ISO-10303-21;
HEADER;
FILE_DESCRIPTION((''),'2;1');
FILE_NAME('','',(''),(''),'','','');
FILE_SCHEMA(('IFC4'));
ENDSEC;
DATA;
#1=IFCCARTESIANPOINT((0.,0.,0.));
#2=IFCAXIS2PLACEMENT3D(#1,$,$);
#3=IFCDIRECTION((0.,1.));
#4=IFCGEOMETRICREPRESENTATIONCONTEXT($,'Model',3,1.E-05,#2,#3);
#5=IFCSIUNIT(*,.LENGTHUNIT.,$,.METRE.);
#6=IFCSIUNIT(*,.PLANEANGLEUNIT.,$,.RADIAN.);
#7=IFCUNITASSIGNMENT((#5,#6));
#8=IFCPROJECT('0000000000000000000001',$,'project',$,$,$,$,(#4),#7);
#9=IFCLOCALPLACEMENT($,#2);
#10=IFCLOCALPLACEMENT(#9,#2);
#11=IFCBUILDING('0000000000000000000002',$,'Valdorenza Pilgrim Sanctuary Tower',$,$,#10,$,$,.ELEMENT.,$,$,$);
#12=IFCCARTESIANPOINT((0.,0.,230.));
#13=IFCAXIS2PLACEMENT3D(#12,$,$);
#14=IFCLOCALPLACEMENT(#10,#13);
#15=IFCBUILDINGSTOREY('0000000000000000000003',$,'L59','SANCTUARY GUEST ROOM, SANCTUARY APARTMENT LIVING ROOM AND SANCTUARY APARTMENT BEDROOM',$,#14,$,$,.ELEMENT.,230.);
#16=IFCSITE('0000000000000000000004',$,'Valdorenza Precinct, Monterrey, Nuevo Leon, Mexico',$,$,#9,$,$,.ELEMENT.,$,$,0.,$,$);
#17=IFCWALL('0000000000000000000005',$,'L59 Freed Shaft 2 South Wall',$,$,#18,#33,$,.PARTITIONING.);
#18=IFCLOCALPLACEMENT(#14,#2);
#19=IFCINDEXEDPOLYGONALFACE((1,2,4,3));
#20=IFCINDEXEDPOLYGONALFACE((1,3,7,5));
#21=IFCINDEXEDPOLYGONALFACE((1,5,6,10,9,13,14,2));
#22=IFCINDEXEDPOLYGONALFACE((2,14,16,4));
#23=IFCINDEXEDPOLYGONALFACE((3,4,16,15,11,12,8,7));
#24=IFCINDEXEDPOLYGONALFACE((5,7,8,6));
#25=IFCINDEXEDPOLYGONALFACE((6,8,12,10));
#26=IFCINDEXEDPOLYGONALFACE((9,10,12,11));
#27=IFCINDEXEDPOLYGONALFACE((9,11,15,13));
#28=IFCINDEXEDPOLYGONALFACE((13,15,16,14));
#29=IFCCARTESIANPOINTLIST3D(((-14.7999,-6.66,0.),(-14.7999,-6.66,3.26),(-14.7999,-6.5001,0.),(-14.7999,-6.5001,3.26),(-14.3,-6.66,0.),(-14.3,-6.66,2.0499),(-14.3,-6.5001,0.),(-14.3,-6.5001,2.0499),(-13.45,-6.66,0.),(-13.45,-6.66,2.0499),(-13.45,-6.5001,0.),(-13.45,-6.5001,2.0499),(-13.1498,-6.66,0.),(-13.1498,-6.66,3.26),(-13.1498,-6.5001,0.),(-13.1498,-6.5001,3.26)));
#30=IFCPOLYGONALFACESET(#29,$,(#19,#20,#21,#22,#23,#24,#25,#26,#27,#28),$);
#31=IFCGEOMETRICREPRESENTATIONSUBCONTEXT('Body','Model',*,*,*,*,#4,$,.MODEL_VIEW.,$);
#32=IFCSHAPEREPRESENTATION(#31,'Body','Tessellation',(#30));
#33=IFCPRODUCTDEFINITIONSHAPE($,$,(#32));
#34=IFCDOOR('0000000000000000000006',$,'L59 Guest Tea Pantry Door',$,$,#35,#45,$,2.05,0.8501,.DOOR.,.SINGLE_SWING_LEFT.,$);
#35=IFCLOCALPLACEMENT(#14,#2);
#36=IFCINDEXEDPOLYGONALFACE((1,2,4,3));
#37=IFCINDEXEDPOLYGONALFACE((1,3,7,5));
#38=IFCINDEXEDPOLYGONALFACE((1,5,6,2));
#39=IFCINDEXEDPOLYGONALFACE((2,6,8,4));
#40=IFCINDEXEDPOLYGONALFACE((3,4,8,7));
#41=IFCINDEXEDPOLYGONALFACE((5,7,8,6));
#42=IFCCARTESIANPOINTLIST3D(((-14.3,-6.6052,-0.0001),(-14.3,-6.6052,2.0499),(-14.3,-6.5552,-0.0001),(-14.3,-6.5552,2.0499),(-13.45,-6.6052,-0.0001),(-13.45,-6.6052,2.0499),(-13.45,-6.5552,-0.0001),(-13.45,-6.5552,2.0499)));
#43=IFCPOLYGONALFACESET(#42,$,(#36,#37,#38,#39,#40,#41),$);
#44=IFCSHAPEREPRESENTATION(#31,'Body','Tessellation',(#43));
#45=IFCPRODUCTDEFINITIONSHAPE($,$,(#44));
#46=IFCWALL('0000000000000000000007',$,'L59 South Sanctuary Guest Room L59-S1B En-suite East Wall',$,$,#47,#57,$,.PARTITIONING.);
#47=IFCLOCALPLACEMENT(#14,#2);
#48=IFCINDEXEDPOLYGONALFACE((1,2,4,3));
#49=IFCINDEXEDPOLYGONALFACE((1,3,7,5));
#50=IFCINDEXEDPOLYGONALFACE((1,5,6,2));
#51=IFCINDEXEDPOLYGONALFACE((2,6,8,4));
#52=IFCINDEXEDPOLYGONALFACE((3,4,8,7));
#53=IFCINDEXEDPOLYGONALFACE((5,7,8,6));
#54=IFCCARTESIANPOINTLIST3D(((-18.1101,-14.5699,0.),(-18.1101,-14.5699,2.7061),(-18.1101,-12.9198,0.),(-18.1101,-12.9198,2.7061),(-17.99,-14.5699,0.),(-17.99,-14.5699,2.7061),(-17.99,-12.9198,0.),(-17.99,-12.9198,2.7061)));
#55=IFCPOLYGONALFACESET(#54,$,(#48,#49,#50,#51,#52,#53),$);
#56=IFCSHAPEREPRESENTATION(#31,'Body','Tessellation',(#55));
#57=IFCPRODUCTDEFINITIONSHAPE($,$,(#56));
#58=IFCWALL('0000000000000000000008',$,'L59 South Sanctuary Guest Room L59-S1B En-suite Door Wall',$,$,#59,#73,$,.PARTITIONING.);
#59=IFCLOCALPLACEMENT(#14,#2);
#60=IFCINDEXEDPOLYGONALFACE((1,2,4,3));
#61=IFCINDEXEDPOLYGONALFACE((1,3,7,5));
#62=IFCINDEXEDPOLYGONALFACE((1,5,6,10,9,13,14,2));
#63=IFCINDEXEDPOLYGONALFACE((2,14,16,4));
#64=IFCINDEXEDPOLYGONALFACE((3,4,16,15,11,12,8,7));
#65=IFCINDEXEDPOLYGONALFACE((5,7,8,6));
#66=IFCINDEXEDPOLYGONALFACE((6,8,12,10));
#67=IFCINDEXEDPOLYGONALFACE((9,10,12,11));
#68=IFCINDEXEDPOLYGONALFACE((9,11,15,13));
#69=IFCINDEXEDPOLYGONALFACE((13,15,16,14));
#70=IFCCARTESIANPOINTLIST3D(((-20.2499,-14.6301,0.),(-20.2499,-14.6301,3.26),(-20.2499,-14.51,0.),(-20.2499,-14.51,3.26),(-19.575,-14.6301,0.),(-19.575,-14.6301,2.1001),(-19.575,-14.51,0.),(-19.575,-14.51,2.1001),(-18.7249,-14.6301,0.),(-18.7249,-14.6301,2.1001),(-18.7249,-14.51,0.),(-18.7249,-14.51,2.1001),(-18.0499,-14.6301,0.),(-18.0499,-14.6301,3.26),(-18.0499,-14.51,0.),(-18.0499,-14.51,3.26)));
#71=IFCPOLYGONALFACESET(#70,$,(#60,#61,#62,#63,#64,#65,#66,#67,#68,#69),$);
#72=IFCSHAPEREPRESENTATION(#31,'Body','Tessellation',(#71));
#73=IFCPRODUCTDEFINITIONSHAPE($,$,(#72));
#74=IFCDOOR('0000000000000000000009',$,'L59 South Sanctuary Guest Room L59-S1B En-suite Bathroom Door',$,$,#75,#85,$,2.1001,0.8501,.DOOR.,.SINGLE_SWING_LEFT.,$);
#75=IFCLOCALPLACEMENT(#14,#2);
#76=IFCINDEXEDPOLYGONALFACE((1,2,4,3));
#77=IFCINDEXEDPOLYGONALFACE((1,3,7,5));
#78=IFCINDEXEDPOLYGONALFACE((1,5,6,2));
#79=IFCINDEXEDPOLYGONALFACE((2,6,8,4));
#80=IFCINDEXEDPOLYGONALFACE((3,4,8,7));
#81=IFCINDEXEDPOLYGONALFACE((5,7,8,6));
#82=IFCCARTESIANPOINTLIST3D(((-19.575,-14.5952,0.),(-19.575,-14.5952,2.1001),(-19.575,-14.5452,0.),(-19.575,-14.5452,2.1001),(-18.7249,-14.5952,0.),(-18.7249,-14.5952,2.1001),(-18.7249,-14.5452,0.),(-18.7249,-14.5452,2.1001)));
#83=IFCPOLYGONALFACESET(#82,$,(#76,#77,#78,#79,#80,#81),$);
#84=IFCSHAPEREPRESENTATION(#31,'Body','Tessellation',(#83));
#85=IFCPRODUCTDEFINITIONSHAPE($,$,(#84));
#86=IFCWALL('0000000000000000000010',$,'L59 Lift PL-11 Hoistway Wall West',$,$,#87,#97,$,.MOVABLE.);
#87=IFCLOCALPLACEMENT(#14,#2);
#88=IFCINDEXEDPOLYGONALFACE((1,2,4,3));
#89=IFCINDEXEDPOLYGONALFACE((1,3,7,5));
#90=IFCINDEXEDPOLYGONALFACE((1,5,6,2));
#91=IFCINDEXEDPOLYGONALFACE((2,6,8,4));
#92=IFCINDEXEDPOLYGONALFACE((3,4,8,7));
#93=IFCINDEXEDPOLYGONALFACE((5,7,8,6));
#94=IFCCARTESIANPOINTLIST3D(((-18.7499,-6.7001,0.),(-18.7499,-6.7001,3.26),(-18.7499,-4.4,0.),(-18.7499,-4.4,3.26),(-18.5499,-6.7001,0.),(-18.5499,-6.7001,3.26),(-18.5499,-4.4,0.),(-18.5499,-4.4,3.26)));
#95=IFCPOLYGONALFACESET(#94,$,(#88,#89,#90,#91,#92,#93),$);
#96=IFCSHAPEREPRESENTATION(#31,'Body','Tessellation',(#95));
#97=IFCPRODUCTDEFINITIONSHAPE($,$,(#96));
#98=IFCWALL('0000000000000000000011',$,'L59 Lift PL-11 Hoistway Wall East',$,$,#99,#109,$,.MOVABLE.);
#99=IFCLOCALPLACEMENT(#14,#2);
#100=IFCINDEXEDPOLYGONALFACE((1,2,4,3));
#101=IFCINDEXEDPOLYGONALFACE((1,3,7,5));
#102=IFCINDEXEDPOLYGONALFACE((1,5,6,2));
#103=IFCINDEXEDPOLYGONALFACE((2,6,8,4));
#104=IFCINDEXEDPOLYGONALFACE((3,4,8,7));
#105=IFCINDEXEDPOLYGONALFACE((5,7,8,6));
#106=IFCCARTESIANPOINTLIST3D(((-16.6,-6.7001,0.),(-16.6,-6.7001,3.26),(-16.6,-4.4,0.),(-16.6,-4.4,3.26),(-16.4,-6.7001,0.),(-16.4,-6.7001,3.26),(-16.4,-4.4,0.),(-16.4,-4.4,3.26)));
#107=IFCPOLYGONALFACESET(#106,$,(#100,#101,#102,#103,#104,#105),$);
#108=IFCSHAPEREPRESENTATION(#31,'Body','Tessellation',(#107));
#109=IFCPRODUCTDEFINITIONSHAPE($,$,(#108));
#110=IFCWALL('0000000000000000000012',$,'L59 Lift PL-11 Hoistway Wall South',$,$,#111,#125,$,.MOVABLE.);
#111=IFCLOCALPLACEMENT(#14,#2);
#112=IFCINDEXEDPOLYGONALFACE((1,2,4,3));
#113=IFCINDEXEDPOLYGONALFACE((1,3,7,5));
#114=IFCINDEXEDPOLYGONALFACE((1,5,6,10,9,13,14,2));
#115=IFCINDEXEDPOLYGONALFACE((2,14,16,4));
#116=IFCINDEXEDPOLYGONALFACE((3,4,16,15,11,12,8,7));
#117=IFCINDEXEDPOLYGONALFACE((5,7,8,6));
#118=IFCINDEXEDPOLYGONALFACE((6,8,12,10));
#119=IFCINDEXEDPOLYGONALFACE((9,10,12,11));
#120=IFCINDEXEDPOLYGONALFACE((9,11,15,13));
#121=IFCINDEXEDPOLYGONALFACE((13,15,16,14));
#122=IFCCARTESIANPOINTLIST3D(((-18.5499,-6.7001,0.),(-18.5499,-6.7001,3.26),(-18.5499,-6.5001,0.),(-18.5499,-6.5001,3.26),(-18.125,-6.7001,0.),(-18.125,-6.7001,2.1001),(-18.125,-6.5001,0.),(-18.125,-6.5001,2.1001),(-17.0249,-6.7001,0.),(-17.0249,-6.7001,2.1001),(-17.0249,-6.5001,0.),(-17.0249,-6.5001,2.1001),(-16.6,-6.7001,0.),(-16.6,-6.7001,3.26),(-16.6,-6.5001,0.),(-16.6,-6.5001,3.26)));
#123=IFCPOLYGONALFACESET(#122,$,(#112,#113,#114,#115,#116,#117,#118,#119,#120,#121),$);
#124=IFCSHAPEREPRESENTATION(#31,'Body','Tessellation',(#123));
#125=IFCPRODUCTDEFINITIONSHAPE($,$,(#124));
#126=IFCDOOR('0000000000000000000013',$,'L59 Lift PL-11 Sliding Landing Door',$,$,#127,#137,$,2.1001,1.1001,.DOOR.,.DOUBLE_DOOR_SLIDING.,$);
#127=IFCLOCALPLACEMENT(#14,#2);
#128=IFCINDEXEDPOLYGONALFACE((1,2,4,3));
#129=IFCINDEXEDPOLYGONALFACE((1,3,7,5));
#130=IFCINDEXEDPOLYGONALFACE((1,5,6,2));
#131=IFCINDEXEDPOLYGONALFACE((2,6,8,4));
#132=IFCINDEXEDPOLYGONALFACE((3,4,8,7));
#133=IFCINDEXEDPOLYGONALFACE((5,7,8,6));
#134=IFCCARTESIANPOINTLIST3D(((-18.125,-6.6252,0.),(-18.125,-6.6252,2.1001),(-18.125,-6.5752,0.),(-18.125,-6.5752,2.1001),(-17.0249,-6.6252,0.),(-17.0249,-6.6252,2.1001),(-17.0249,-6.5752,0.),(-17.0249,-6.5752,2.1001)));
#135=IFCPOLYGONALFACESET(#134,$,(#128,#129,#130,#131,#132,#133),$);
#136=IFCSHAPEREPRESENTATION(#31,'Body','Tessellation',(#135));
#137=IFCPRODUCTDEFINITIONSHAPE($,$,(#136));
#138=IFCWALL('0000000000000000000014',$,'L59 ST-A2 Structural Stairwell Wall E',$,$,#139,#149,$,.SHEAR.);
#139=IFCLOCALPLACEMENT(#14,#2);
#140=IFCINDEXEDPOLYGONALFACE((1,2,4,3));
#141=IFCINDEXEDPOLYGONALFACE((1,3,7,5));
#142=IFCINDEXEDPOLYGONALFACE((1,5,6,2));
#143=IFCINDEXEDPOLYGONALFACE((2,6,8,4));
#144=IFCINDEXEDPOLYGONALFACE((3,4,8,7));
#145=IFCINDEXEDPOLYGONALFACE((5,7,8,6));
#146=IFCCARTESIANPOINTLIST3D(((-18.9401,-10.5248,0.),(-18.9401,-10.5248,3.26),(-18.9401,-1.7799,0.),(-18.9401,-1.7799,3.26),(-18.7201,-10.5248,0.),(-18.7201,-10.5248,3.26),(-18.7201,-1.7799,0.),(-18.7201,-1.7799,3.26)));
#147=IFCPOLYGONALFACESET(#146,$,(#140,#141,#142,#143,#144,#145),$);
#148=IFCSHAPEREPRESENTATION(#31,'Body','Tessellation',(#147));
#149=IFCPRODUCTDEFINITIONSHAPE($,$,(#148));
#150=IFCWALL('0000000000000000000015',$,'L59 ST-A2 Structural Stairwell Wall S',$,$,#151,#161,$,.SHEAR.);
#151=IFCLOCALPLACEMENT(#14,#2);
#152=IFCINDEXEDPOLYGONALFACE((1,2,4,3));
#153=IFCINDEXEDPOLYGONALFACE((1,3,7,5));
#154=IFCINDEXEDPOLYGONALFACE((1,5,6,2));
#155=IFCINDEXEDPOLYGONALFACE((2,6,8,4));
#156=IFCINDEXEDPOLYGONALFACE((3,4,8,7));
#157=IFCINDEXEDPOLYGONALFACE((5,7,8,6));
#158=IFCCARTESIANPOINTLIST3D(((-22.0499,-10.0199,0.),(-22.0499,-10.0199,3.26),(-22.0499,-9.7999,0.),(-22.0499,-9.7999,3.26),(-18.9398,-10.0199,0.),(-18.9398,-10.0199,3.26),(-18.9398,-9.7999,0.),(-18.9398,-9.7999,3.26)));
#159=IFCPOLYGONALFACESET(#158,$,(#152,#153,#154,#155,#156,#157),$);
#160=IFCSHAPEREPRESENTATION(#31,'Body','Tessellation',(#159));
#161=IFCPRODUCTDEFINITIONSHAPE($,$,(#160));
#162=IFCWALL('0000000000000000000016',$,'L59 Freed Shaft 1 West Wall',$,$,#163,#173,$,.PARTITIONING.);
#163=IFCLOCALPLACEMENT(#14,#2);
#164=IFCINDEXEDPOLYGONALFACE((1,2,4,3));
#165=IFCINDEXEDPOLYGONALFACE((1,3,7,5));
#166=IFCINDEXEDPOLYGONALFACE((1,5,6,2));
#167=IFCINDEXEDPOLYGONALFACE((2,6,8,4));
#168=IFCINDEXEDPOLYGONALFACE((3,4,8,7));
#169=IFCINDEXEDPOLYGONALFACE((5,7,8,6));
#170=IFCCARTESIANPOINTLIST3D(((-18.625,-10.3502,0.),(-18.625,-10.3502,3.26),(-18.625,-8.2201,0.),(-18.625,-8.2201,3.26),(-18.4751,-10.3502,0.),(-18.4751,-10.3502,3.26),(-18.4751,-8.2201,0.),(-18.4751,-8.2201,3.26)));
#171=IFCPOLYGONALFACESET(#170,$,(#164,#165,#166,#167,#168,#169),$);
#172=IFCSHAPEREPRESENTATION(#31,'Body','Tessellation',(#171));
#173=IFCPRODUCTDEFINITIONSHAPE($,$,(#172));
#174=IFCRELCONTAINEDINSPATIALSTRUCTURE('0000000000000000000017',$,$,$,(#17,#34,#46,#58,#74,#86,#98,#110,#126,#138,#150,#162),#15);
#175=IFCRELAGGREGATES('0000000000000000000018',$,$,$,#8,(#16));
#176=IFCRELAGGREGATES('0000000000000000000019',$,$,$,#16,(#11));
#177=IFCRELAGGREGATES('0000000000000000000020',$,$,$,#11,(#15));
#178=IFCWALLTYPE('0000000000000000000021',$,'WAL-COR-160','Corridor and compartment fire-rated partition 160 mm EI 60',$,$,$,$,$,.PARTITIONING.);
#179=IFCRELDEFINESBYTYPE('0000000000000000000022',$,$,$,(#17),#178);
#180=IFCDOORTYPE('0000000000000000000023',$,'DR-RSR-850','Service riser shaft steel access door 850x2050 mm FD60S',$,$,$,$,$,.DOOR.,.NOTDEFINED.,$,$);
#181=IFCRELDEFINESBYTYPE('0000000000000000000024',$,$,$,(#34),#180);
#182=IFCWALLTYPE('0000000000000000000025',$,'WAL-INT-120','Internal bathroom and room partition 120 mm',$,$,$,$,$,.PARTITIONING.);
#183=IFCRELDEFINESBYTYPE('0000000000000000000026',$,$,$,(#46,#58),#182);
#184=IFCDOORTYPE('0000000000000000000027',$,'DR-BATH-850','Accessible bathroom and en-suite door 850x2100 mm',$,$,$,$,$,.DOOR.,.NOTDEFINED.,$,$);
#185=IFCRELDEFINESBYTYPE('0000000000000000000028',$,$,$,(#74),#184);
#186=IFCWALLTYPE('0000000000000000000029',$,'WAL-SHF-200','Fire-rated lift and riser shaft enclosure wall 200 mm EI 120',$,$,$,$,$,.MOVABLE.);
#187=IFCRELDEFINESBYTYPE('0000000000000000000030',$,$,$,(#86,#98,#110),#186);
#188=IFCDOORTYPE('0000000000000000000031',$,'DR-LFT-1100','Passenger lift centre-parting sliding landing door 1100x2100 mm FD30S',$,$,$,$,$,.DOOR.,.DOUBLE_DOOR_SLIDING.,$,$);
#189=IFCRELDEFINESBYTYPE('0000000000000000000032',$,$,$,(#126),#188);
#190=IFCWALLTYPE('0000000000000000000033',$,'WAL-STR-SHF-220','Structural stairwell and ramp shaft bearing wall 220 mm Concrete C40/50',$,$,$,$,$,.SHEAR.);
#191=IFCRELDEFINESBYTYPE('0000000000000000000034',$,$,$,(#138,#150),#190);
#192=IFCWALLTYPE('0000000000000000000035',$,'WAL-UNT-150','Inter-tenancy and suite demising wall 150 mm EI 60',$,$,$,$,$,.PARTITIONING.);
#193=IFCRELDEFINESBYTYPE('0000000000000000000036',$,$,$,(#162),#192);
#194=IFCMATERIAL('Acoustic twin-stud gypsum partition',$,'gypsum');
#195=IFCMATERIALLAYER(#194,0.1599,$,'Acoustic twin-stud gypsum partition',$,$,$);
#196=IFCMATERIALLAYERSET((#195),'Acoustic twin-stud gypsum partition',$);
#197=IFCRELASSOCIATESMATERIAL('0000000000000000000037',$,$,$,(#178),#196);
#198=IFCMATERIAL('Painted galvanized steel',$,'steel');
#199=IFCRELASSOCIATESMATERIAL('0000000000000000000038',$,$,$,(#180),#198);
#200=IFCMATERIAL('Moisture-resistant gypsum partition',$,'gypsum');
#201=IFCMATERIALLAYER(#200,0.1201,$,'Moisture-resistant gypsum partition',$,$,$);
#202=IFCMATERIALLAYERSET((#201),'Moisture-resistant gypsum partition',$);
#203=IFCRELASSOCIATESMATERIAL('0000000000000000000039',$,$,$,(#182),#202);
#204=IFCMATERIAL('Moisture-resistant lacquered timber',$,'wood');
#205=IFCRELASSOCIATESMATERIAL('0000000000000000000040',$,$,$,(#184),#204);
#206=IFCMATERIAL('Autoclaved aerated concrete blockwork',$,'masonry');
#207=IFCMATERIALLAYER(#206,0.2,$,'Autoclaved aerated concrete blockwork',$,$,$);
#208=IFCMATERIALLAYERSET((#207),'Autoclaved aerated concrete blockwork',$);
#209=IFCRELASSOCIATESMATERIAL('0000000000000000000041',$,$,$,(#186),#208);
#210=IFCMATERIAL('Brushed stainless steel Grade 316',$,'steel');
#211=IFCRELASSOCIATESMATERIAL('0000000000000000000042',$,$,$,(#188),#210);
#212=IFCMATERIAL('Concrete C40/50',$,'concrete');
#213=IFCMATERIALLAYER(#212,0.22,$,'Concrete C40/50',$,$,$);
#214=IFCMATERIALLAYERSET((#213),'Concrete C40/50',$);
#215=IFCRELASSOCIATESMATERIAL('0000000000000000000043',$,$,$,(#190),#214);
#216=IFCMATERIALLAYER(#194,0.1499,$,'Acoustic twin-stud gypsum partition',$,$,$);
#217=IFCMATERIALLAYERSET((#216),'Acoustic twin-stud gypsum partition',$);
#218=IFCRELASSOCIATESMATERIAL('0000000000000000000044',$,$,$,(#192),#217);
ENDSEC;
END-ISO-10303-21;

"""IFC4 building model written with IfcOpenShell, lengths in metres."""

from ifc_helpers import new_model, si_unit, direction, frame, frame_2d, origin, place, context, subcontext, project, spatial, rectangle, extrude, material, layer, layer_set, type_object, element, fill, save


model = new_model("IFC4")

# Units and contexts
model_context = context("Model", 3, precision=1e-05, world=origin(), true_north=direction((0.0, 1.0)))
body_context = subcontext(model_context, "Body", "Model", "MODEL_VIEW")
ifc_project = project(units=[si_unit("LENGTHUNIT", "METRE"), si_unit("PLANEANGLEUNIT", "RADIAN")], contexts=[model_context])

# Site, building, storey
site_placement = place(None, origin())
site = spatial("IfcSite", under=ifc_project, at=site_placement, Name="Valdorenza Precinct, Monterrey, Nuevo Leon, Mexico", CompositionType="ELEMENT", RefElevation=0.0)
building_placement = place(site_placement, origin())
building = spatial("IfcBuilding", under=site, at=building_placement, Name="Valdorenza Pilgrim Sanctuary Tower", CompositionType="ELEMENT")
storey_placement = place(building_placement, frame((0.0, 0.0, 230.0)))
storey = spatial("IfcBuildingStorey", under=building, at=storey_placement, Name="L59", Description="SANCTUARY GUEST ROOM, SANCTUARY APARTMENT LIVING ROOM AND SANCTUARY APARTMENT BEDROOM", CompositionType="ELEMENT", Elevation=230.0)

# Shared definitions
ifc_material_1 = material(Name="Acoustic twin-stud gypsum partition", Category="gypsum")
ifc_layer_1 = layer(ifc_material_1, 0.1599, Name="Acoustic twin-stud gypsum partition")
ifc_layer_set_1 = layer_set([ifc_layer_1], Name="Acoustic twin-stud gypsum partition")
wall_type_1 = type_object("IfcWallType", Name="WAL-COR-160", Description="Corridor and compartment fire-rated partition 160 mm EI 60", PredefinedType="PARTITIONING", material=ifc_layer_set_1)

# Shared definitions
ifc_material_2 = material(Name="Painted galvanized steel", Category="steel")
door_type_1 = type_object("IfcDoorType", Name="DR-RSR-850", Description="Service riser shaft steel access door 850x2050 mm FD60S", OperationType="NOTDEFINED", PredefinedType="DOOR", material=ifc_material_2)

# Wall, opening, door
wall_1_placement = place(storey_placement, frame((-14.8, -6.5801, 0.0), z_axis=(0.0, 0.0, 1.0), x_axis=(1.0, 0.0, 0.0)))
wall_1 = element("IfcWall", 1, at=wall_1_placement, inside=storey, type_object=wall_type_1, Name="L59 Freed Shaft 2 South Wall", PredefinedType="PARTITIONING", context=body_context, shape_type="SweptSolid", body=[
    extrude(rectangle(XDim=1.6501, YDim=0.1599, at=frame_2d((0.8252, 0.0))), origin(), (0.0, 0.0, 1.0), 3.26),
])
opening_1_placement = place(wall_1_placement, frame((0.5, 0.0, 0.0)))
opening_1 = element("IfcOpeningElement", 2, at=opening_1_placement, cuts=wall_1, PredefinedType="OPENING", context=body_context, shape_type="SweptSolid", body=[
    extrude(rectangle(XDim=0.8501, YDim=2.05, at=frame_2d((0.425, 1.0249))), frame((0.0, 0.0947, 0.0), z_axis=(0.0, -1.0, 0.0), x_axis=(1.0, 0.0, 0.0)), (0.0, 0.0, 1.0), 0.1897),
])
door_1_placement = place(opening_1_placement, origin())
door_1 = element("IfcDoor", 3, at=door_1_placement, inside=storey, type_object=door_type_1, Name="L59 Guest Tea Pantry Door", OperationType="SINGLE_SWING_LEFT", OverallHeight=2.05, OverallWidth=0.8501, PredefinedType="DOOR", context=body_context, shape_type="SweptSolid", body=[
    extrude(rectangle(XDim=0.8501, YDim=2.05, at=frame_2d((0.425, 1.0249))), frame((0.0, 0.0249, 0.0), z_axis=(0.0, -1.0, 0.0), x_axis=(1.0, 0.0, 0.0)), (0.0, 0.0, 1.0), 0.05),
])
fill(opening_1, door_1)

# Wall
ifc_material_3 = material(Name="Moisture-resistant gypsum partition", Category="gypsum")
ifc_layer_2 = layer(ifc_material_3, 0.1201, Name="Moisture-resistant gypsum partition")
ifc_layer_set_2 = layer_set([ifc_layer_2], Name="Moisture-resistant gypsum partition")
wall_type_2 = type_object("IfcWallType", Name="WAL-INT-120", Description="Internal bathroom and room partition 120 mm", PredefinedType="PARTITIONING", material=ifc_layer_set_2)
wall_2_placement = place(storey_placement, frame((-18.05, -14.5701, 0.0), z_axis=(0.0, 0.0, 1.0), x_axis=(0.0, 1.0, 0.0)))
element("IfcWall", 4, at=wall_2_placement, inside=storey, type_object=wall_type_2, Name="L59 South Sanctuary Guest Room L59-S1B En-suite East Wall", PredefinedType="PARTITIONING", context=body_context, shape_type="SweptSolid", body=[
    extrude(rectangle(XDim=1.6501, YDim=0.1201, at=frame_2d((0.8252, 0.0))), origin(), (0.0, 0.0, 1.0), 2.7061),
])

# Wall, opening, door
wall_3_placement = place(storey_placement, frame((-20.25, -14.5701, 0.0), z_axis=(0.0, 0.0, 1.0), x_axis=(1.0, 0.0, 0.0)))
wall_3 = element("IfcWall", 5, at=wall_3_placement, inside=storey, type_object=wall_type_2, Name="L59 South Sanctuary Guest Room L59-S1B En-suite Door Wall", PredefinedType="PARTITIONING", context=body_context, shape_type="SweptSolid", body=[
    extrude(rectangle(XDim=2.2, YDim=0.1201, at=frame_2d((1.1001, 0.0))), origin(), (0.0, 0.0, 1.0), 3.26),
])
opening_2_placement = place(wall_3_placement, frame((0.675, 0.0, 0.0)))
opening_2 = element("IfcOpeningElement", 6, at=opening_2_placement, cuts=wall_3, PredefinedType="OPENING", context=body_context, shape_type="SweptSolid", body=[
    extrude(rectangle(XDim=0.8501, YDim=2.1001, at=frame_2d((0.425, 1.05))), frame((0.0, 0.075, 0.0), z_axis=(0.0, -1.0, 0.0), x_axis=(1.0, 0.0, 0.0)), (0.0, 0.0, 1.0), 0.1499),
])
ifc_material_4 = material(Name="Moisture-resistant lacquered timber", Category="wood")
door_type_2 = type_object("IfcDoorType", Name="DR-BATH-850", Description="Accessible bathroom and en-suite door 850x2100 mm", OperationType="NOTDEFINED", PredefinedType="DOOR", material=ifc_material_4)
door_2_placement = place(opening_2_placement, origin())
door_2 = element("IfcDoor", 7, at=door_2_placement, inside=storey, type_object=door_type_2, Name="L59 South Sanctuary Guest Room L59-S1B En-suite Bathroom Door", OperationType="SINGLE_SWING_LEFT", OverallHeight=2.1001, OverallWidth=0.8501, PredefinedType="DOOR", context=body_context, shape_type="SweptSolid", body=[
    extrude(rectangle(XDim=0.8501, YDim=2.1001, at=frame_2d((0.425, 1.05))), frame((0.0, 0.0249, 0.0), z_axis=(0.0, -1.0, 0.0), x_axis=(1.0, 0.0, 0.0)), (0.0, 0.0, 1.0), 0.05),
])
fill(opening_2, door_2)

# Walls
ifc_material_5 = material(Name="Autoclaved aerated concrete blockwork", Category="masonry")
ifc_layer_3 = layer(ifc_material_5, 0.2, Name="Autoclaved aerated concrete blockwork")
ifc_layer_set_3 = layer_set([ifc_layer_3], Name="Autoclaved aerated concrete blockwork")
wall_type_3 = type_object("IfcWallType", Name="WAL-SHF-200", Description="Fire-rated lift and riser shaft enclosure wall 200 mm EI 120", PredefinedType="MOVABLE", material=ifc_layer_set_3)
for number, where, z_axis, x_axis, name in (
    (8, (-18.6499, -6.7, 0.0), (0.0, 0.0, 1.0), (0.0, 1.0, 0.0), "L59 Lift PL-11 Hoistway Wall West"),
    (9, (-16.5, -6.7, 0.0), (0.0, 0.0, 1.0), (0.0, 1.0, 0.0), "L59 Lift PL-11 Hoistway Wall East"),
):
    element("IfcWall", number, at=place(storey_placement, frame(where, z_axis=z_axis, x_axis=x_axis)), inside=storey, type_object=wall_type_3, Name=name, PredefinedType="MOVABLE", context=body_context, shape_type="SweptSolid", body=[
        extrude(rectangle(XDim=2.3, YDim=0.2, at=frame_2d((1.1499, 0.0))), origin(), (0.0, 0.0, 1.0), 3.26),
    ])

# Wall, opening, door
wall_4_placement = place(storey_placement, frame((-18.55, -6.6001, 0.0), z_axis=(0.0, 0.0, 1.0), x_axis=(1.0, 0.0, 0.0)))
wall_4 = element("IfcWall", 10, at=wall_4_placement, inside=storey, type_object=wall_type_3, Name="L59 Lift PL-11 Hoistway Wall South", PredefinedType="MOVABLE", context=body_context, shape_type="SweptSolid", body=[
    extrude(rectangle(XDim=1.95, YDim=0.2, at=frame_2d((0.9751, 0.0))), origin(), (0.0, 0.0, 1.0), 3.26),
])
opening_3_placement = place(wall_4_placement, frame((0.425, 0.0, 0.0)))
opening_3 = element("IfcOpeningElement", 11, at=opening_3_placement, cuts=wall_4, PredefinedType="OPENING", context=body_context, shape_type="SweptSolid", body=[
    extrude(rectangle(XDim=1.1001, YDim=2.1001, at=frame_2d((0.55, 1.05))), frame((0.0, 0.1147, 0.0), z_axis=(0.0, -1.0, 0.0), x_axis=(1.0, 0.0, 0.0)), (0.0, 0.0, 1.0), 0.2297),
])
ifc_material_6 = material(Name="Brushed stainless steel Grade 316", Category="steel")
door_type_3 = type_object("IfcDoorType", Name="DR-LFT-1100", Description="Passenger lift centre-parting sliding landing door 1100x2100 mm FD30S", OperationType="DOUBLE_DOOR_SLIDING", PredefinedType="DOOR", material=ifc_material_6)
door_3_placement = place(opening_3_placement, origin())
door_3 = element("IfcDoor", 12, at=door_3_placement, inside=storey, type_object=door_type_3, Name="L59 Lift PL-11 Sliding Landing Door", OperationType="DOUBLE_DOOR_SLIDING", OverallHeight=2.1001, OverallWidth=1.1001, PredefinedType="DOOR", context=body_context, shape_type="SweptSolid", body=[
    extrude(rectangle(XDim=1.1001, YDim=2.1001, at=frame_2d((0.55, 1.05))), frame((0.0, 0.0249, 0.0), z_axis=(0.0, -1.0, 0.0), x_axis=(1.0, 0.0, 0.0)), (0.0, 0.0, 1.0), 0.05),
])
fill(opening_3, door_3)

# Walls
ifc_material_7 = material(Name="Concrete C40/50", Category="concrete")
ifc_layer_4 = layer(ifc_material_7, 0.22, Name="Concrete C40/50")
ifc_layer_set_4 = layer_set([ifc_layer_4], Name="Concrete C40/50")
wall_type_4 = type_object("IfcWallType", Name="WAL-STR-SHF-220", Description="Structural stairwell and ramp shaft bearing wall 220 mm Concrete C40/50", PredefinedType="SHEAR", material=ifc_layer_set_4)
wall_5_placement = place(storey_placement, frame((-18.8301, -10.5249, 0.0), z_axis=(0.0, 0.0, 1.0), x_axis=(0.0, 1.0, 0.0)))
element("IfcWall", 13, at=wall_5_placement, inside=storey, type_object=wall_type_4, Name="L59 ST-A2 Structural Stairwell Wall E", PredefinedType="SHEAR", context=body_context, shape_type="SweptSolid", body=[
    extrude(rectangle(XDim=8.7449, YDim=0.22, at=frame_2d((4.3726, 0.0))), origin(), (0.0, 0.0, 1.0), 3.26),
])
wall_6_placement = place(storey_placement, frame((-22.05, -9.9099, 0.0), z_axis=(0.0, 0.0, 1.0), x_axis=(1.0, 0.0, 0.0)))
element("IfcWall", 14, at=wall_6_placement, inside=storey, type_object=wall_type_4, Name="L59 ST-A2 Structural Stairwell Wall S", PredefinedType="SHEAR", context=body_context, shape_type="SweptSolid", body=[
    extrude(rectangle(XDim=3.1101, YDim=0.22, at=frame_2d((1.5552, 0.0))), origin(), (0.0, 0.0, 1.0), 3.26),
])
ifc_layer_5 = layer(ifc_material_1, 0.1499, Name="Acoustic twin-stud gypsum partition")
ifc_layer_set_5 = layer_set([ifc_layer_5], Name="Acoustic twin-stud gypsum partition")
wall_type_5 = type_object("IfcWallType", Name="WAL-UNT-150", Description="Inter-tenancy and suite demising wall 150 mm EI 60", PredefinedType="PARTITIONING", material=ifc_layer_set_5)
wall_7_placement = place(storey_placement, frame((-18.55, -10.3501, 0.0), z_axis=(0.0, 0.0, 1.0), x_axis=(0.0, 1.0, 0.0)))
element("IfcWall", 15, at=wall_7_placement, inside=storey, type_object=wall_type_5, Name="L59 Freed Shaft 1 West Wall", PredefinedType="PARTITIONING", context=body_context, shape_type="SweptSolid", body=[
    extrude(rectangle(XDim=2.1301, YDim=0.1499, at=frame_2d((1.0649, 0.0))), origin(), (0.0, 0.0, 1.0), 3.26),
])

save(model, "model.ifc")
